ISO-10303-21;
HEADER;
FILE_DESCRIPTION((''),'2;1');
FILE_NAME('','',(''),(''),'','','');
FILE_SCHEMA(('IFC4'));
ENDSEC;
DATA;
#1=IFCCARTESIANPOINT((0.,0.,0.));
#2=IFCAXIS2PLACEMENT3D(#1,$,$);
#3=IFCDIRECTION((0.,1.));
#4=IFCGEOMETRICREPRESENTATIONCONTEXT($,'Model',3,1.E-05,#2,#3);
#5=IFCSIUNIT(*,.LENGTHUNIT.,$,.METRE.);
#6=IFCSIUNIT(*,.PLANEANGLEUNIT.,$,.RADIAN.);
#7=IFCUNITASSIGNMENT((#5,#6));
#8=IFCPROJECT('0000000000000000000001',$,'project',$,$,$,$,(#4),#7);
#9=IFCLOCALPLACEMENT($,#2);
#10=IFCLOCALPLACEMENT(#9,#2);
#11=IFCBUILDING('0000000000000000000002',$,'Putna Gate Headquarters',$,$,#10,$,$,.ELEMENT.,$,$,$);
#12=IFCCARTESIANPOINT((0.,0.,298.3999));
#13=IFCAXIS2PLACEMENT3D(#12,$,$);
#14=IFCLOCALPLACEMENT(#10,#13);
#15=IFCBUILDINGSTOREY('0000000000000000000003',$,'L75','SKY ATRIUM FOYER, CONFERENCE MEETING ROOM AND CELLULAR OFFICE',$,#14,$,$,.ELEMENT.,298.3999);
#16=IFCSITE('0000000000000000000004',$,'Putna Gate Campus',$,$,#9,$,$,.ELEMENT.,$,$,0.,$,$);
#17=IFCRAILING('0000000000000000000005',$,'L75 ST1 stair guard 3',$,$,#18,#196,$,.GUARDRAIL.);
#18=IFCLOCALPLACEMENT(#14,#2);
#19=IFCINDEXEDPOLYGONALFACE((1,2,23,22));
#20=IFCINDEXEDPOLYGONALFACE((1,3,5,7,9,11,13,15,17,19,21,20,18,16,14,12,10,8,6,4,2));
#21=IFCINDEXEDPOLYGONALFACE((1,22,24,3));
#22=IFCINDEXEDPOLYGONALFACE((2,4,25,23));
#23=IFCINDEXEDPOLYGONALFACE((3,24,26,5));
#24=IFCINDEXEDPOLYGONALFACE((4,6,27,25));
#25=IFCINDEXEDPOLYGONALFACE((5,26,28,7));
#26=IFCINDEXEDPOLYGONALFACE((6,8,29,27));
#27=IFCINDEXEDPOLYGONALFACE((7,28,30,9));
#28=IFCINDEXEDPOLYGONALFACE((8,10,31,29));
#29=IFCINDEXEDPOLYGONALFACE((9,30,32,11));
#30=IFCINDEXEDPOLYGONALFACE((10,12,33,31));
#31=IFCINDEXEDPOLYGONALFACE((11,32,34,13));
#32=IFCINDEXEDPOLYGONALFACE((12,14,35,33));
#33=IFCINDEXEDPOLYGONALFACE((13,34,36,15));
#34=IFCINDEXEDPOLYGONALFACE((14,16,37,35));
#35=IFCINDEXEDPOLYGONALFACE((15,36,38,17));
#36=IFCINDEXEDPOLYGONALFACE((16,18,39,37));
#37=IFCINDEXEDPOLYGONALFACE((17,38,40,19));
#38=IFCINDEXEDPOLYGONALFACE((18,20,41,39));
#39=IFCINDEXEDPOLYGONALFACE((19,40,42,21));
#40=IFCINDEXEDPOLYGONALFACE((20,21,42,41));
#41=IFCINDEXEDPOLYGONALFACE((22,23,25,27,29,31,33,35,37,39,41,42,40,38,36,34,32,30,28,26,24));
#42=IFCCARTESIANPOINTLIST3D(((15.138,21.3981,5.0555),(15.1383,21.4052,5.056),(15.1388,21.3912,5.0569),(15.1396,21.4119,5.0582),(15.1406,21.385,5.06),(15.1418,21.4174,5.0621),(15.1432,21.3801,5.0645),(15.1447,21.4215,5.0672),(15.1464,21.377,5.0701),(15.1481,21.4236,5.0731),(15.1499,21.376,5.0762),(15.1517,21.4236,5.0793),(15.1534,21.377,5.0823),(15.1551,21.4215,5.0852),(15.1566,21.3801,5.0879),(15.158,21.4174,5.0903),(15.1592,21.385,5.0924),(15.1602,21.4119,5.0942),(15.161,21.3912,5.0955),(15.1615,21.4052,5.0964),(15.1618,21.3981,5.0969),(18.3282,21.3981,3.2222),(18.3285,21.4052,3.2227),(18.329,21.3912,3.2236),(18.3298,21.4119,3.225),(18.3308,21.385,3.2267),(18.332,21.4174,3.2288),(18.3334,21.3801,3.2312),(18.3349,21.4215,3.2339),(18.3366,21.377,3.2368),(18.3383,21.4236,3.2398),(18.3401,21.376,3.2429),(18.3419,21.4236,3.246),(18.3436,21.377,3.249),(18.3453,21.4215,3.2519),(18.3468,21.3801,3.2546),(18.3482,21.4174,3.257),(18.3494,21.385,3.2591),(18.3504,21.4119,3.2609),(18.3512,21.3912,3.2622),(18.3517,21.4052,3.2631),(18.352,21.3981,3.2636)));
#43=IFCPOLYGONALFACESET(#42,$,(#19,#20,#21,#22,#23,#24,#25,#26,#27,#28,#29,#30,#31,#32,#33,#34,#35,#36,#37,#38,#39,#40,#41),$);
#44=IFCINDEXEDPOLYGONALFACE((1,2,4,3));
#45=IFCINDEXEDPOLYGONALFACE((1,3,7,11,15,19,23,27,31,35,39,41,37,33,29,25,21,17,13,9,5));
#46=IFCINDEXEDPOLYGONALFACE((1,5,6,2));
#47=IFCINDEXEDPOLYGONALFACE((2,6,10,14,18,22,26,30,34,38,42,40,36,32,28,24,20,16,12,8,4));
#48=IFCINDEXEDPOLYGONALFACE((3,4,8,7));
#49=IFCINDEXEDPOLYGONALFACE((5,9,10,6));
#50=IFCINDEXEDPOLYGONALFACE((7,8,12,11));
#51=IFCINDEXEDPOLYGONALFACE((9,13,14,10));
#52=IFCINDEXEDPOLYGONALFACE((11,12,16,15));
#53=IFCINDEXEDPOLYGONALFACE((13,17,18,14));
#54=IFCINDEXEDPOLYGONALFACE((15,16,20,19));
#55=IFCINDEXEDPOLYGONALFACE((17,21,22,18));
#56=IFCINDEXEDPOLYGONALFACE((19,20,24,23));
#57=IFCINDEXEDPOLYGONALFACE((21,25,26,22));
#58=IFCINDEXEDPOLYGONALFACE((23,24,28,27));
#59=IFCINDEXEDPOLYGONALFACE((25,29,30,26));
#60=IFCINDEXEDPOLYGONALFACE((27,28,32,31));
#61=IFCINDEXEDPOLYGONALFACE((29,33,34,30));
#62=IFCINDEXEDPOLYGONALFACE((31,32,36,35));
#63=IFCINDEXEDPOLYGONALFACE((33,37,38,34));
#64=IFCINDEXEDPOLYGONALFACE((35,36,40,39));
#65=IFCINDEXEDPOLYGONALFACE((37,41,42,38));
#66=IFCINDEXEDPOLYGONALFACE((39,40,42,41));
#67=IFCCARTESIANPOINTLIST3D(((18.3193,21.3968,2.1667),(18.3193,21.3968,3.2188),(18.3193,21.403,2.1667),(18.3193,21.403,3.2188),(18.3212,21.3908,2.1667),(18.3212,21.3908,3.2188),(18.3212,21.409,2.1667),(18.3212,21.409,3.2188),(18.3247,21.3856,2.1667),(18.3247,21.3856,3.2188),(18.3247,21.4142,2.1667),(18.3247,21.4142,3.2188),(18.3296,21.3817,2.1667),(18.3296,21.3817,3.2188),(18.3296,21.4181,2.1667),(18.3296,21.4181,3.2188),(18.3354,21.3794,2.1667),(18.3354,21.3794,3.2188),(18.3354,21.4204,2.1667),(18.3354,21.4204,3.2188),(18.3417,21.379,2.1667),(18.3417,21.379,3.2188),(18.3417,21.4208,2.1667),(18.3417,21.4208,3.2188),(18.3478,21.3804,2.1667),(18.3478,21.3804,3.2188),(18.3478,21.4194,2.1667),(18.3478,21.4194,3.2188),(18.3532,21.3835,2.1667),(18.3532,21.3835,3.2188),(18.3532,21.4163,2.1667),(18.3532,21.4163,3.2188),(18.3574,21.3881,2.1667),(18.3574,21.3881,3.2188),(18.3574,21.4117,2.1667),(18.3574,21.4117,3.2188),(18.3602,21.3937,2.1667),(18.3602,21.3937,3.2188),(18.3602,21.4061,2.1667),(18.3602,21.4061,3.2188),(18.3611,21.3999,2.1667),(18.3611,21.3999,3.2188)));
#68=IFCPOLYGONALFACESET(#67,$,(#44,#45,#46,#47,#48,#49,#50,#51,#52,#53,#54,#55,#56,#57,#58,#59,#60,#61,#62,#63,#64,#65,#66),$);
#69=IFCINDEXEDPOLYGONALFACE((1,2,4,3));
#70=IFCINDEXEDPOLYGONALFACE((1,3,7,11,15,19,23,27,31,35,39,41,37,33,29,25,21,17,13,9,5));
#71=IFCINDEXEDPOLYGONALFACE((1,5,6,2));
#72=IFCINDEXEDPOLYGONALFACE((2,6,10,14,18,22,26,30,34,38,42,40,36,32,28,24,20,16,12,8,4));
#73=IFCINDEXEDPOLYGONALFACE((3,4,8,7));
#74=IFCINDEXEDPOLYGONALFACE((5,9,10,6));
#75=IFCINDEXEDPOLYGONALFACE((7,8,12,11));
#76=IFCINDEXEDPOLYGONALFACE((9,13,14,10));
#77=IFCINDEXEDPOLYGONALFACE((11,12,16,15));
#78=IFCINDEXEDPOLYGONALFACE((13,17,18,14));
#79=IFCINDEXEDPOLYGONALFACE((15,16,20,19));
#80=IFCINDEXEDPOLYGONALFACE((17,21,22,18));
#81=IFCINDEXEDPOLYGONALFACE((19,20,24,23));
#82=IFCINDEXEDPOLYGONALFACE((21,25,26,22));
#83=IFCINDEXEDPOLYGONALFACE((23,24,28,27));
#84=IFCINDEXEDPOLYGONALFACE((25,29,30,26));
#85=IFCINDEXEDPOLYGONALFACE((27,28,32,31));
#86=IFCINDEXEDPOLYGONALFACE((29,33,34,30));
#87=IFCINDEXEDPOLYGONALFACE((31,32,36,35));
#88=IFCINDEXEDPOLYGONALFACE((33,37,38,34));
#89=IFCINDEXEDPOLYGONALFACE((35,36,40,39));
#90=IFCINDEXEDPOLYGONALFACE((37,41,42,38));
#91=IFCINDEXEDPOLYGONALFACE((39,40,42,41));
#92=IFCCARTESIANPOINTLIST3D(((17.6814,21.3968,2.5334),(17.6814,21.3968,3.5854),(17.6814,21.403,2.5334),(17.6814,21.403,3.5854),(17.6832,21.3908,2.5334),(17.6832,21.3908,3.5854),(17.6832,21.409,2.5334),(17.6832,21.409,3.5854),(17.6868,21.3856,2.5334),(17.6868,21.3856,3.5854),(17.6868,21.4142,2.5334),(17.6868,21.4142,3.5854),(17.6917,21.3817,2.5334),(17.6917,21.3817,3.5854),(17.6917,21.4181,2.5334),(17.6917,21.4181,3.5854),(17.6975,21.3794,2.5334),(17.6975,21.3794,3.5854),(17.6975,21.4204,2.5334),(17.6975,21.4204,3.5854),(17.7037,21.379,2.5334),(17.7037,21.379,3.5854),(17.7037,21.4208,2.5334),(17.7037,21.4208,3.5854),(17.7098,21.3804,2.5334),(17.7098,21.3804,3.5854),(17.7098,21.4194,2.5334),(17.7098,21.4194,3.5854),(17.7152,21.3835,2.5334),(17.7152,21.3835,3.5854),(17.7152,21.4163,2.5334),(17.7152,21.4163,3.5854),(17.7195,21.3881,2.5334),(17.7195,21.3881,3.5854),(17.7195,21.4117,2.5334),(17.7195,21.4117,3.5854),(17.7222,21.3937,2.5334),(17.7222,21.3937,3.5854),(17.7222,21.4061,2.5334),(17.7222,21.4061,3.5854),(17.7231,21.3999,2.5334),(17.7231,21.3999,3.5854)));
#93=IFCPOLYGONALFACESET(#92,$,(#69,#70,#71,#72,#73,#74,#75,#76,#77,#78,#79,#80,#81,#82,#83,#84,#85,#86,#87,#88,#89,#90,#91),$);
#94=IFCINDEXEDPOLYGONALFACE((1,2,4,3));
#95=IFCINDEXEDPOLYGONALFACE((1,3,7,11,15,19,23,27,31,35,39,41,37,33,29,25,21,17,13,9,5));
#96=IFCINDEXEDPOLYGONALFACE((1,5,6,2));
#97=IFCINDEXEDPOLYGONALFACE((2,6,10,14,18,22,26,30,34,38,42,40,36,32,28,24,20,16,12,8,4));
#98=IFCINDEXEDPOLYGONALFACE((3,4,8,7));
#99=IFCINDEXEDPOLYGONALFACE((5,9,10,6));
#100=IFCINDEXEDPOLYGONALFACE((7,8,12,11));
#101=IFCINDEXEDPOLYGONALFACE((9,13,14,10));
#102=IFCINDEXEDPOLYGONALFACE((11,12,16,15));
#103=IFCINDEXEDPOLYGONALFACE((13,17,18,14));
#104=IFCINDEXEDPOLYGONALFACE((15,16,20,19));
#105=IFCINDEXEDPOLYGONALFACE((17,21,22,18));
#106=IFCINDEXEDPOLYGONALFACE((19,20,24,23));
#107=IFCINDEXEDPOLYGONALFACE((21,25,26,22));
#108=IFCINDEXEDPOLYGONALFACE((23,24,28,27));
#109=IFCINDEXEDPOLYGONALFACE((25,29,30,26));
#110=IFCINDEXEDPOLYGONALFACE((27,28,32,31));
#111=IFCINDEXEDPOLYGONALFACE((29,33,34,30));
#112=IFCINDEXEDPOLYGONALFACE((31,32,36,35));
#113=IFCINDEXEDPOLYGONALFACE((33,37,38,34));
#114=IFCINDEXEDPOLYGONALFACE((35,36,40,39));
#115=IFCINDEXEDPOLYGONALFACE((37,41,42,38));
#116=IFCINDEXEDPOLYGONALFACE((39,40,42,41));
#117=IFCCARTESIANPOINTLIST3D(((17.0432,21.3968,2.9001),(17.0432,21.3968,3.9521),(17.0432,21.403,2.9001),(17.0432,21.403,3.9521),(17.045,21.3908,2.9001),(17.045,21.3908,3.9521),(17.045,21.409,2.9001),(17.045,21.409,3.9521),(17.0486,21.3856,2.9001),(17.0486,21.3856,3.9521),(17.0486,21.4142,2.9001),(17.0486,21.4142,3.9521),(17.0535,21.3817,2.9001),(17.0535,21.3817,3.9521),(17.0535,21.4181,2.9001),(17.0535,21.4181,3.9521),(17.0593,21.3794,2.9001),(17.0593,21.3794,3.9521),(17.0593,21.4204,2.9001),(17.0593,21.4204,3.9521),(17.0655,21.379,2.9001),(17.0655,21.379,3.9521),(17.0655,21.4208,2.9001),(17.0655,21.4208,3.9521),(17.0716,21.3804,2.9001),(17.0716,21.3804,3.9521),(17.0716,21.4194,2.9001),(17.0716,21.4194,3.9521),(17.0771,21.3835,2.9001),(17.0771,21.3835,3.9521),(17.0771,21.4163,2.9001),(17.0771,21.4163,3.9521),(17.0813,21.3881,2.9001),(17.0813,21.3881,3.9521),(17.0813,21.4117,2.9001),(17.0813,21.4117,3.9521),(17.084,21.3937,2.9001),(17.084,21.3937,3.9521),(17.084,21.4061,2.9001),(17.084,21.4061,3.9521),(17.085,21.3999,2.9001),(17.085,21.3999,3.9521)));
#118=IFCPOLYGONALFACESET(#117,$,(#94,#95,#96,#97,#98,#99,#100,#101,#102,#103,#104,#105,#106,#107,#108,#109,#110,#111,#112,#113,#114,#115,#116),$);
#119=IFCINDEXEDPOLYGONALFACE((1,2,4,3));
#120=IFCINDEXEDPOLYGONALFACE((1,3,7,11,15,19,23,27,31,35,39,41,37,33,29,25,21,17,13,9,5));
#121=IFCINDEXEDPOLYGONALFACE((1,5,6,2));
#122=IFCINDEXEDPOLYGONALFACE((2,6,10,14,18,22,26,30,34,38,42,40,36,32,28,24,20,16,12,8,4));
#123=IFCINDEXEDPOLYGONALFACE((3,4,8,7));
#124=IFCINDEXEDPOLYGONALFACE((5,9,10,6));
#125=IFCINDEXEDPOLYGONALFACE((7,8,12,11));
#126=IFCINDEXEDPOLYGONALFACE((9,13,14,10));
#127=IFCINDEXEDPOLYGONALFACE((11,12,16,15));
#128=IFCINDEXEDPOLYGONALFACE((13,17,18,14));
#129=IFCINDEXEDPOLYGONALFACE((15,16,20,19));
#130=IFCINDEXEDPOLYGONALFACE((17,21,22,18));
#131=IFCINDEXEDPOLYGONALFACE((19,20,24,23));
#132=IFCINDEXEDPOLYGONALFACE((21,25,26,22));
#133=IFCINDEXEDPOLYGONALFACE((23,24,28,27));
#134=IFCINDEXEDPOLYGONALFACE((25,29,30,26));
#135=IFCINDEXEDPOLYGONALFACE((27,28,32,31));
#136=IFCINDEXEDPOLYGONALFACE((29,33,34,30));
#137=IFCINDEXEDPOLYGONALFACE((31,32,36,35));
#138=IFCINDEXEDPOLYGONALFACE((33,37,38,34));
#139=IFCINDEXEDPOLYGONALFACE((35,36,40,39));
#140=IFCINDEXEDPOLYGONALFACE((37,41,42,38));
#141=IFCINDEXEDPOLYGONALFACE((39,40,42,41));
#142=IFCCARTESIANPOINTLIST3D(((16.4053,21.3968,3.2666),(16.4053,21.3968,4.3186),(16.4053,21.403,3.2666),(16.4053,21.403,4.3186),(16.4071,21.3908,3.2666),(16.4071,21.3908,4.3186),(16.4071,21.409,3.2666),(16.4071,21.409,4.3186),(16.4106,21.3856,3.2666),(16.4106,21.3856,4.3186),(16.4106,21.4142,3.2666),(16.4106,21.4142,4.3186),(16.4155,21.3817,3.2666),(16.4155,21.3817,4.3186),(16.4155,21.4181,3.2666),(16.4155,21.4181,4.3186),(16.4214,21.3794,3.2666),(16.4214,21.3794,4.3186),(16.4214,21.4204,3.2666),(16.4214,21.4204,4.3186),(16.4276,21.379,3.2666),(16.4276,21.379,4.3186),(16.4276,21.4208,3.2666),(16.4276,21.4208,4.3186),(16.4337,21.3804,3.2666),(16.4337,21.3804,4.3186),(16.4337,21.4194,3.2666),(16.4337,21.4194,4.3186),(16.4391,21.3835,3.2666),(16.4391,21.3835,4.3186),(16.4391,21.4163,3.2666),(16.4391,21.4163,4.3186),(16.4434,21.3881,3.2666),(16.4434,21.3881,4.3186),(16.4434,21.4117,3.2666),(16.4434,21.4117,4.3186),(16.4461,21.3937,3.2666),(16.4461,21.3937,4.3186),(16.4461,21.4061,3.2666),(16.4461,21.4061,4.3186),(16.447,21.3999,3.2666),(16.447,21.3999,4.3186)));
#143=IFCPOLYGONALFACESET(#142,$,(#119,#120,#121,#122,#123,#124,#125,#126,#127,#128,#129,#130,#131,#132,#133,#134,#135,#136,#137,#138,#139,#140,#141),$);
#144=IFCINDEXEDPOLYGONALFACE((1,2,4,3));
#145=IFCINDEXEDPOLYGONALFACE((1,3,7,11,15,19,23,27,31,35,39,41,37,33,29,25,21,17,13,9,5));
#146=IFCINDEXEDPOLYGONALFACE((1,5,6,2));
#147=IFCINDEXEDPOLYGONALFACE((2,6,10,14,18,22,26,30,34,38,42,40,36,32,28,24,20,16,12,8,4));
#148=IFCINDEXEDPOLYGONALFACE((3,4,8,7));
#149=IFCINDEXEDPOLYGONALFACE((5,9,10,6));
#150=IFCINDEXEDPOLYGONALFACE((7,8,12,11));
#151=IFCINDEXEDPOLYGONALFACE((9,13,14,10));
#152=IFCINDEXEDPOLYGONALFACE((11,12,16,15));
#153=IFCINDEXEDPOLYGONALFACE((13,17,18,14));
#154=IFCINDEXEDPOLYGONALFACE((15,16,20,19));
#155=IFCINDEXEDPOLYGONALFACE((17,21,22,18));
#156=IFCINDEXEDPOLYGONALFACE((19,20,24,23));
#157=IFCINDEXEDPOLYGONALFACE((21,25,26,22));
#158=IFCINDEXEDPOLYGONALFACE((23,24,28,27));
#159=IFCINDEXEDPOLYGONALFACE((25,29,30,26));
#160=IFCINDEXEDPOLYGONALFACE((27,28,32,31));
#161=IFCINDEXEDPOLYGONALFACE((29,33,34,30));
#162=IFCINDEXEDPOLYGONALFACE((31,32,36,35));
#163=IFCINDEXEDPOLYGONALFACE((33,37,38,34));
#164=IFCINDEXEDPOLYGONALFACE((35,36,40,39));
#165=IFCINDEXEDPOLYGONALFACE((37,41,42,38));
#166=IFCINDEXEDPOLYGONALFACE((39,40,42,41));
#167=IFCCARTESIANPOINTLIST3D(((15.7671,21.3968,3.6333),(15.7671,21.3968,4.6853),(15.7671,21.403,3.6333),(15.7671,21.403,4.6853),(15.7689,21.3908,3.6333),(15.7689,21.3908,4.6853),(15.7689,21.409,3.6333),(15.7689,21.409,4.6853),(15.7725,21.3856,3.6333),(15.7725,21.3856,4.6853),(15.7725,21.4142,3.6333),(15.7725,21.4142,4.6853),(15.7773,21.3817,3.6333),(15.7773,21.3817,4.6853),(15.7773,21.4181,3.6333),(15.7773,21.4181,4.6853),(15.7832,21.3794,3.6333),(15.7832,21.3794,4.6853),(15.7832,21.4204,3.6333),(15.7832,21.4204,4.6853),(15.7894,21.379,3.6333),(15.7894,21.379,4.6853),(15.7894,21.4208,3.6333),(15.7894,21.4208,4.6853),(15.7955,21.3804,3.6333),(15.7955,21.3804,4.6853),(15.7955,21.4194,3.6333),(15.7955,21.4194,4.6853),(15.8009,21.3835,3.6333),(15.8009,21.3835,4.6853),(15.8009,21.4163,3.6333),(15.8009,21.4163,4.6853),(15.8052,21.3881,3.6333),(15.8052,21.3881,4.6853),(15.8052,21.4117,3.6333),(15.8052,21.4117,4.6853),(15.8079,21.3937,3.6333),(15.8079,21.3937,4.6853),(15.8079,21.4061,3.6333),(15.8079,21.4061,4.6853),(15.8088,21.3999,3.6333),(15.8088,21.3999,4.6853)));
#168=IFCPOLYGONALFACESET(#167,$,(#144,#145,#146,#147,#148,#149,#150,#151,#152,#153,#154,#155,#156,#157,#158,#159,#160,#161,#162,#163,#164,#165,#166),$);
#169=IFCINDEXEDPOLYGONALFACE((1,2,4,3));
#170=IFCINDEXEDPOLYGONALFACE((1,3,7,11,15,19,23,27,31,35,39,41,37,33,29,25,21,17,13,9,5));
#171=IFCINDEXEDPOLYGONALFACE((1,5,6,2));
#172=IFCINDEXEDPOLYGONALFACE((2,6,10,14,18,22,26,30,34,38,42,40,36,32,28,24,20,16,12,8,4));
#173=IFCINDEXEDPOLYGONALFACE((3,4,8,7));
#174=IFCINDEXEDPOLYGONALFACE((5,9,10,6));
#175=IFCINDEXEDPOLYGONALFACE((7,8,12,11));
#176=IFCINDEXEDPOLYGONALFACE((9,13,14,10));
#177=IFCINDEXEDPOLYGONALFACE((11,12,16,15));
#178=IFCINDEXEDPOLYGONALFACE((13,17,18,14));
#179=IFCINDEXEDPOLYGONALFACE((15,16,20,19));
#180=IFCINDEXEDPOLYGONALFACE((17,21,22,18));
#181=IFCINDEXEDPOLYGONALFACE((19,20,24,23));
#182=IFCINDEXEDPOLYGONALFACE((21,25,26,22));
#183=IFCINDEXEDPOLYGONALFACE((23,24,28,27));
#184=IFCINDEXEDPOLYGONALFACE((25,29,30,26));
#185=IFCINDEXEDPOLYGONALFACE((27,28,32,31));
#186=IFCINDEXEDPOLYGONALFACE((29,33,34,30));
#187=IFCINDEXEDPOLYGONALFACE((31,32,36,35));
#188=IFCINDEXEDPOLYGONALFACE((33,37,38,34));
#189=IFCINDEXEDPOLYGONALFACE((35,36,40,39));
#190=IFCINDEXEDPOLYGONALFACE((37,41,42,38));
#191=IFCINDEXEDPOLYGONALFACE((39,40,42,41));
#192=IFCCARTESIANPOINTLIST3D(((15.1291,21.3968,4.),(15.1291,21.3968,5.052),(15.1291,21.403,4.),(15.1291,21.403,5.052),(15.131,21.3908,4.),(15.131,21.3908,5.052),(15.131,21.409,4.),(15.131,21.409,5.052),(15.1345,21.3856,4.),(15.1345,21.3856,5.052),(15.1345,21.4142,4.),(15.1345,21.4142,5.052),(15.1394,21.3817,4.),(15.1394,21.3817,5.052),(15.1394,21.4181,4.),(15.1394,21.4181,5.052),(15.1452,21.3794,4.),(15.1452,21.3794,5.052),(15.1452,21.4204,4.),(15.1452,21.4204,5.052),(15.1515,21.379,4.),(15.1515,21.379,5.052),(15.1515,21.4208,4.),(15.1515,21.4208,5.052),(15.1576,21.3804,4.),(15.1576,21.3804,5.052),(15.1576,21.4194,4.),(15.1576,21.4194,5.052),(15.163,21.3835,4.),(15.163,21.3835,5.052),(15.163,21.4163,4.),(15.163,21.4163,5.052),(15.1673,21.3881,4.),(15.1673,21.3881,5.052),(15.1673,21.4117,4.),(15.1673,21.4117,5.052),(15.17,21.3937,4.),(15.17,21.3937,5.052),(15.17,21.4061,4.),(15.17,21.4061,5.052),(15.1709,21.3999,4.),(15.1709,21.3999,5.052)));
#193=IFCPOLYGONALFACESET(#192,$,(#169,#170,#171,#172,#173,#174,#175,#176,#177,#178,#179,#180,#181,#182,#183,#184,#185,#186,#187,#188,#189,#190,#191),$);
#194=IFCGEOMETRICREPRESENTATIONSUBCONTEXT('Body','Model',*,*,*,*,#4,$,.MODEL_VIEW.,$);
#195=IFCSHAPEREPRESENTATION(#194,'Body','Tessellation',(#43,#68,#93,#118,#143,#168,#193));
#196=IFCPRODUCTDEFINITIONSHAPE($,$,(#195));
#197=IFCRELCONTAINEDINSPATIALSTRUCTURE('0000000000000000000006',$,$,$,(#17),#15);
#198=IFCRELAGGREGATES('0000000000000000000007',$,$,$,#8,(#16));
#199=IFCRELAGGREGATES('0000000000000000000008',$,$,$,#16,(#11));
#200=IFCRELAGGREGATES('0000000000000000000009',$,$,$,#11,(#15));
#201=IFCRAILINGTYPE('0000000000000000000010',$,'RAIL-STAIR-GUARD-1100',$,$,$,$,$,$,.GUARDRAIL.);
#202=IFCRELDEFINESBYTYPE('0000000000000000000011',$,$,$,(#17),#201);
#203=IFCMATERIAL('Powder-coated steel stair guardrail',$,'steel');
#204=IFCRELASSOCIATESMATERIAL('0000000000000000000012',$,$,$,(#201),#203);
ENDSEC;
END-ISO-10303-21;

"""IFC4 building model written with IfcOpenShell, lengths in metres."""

from ifc_helpers import new_model, si_unit, direction, frame, origin, origin_2d, place, context, subcontext, project, spatial, circle, extrude, material, type_object, element, save


model = new_model("IFC4")

# Units and contexts
model_context = context("Model", 3, precision=1e-05, world=origin(), true_north=direction((0.0, 1.0)))
body_context = subcontext(model_context, "Body", "Model", "MODEL_VIEW")
ifc_project = project(units=[si_unit("LENGTHUNIT", "METRE"), si_unit("PLANEANGLEUNIT", "RADIAN")], contexts=[model_context])

# Site, building, storey
site_placement = place(None, origin())
site = spatial("IfcSite", under=ifc_project, at=site_placement, Name="Putna Gate Campus", CompositionType="ELEMENT", RefElevation=0.0)
building_placement = place(site_placement, origin())
building = spatial("IfcBuilding", under=site, at=building_placement, Name="Putna Gate Headquarters", CompositionType="ELEMENT")
storey_placement = place(building_placement, frame((0.0, 0.0, 298.3999)))
storey = spatial("IfcBuildingStorey", under=building, at=storey_placement, Name="L75", Description="SKY ATRIUM FOYER, CONFERENCE MEETING ROOM AND CELLULAR OFFICE", CompositionType="ELEMENT", Elevation=298.3999)

# Railing
ifc_material_1 = material(Name="Powder-coated steel stair guardrail", Category="steel")
railing_type_1 = type_object("IfcRailingType", Name="RAIL-STAIR-GUARD-1100", PredefinedType="GUARDRAIL", material=ifc_material_1)
railing_1_placement = place(storey_placement, frame((18.3401, 21.3999, 2.1667)))
element("IfcRailing", 1, at=railing_1_placement, inside=storey, type_object=railing_type_1, Name="L75 ST1 stair guard 3", PredefinedType="GUARDRAIL", context=body_context, shape_type="SweptSolid", body=[
    extrude(circle(Radius=0.0239, at=origin_2d()), frame((0.0, 0.0, 1.0762), z_axis=(-0.867036, 0.0, 0.498245), x_axis=(0.0, -1.0, 0.0)), (0.0, 0.0, 1.0), 3.6794),
    extrude(circle(Radius=0.021, at=origin_2d()), origin(), (0.0, 0.0, 1.0), 1.052),
    extrude(circle(Radius=0.021, at=origin_2d()), frame((-0.6379, 0.0, 0.3667)), (0.0, 0.0, 1.0), 1.052),
    extrude(circle(Radius=0.021, at=origin_2d()), frame((-1.2761, 0.0, 0.7334)), (0.0, 0.0, 1.0), 1.052),
    extrude(circle(Radius=0.021, at=origin_2d()), frame((-1.9141, 0.0, 1.0999)), (0.0, 0.0, 1.0), 1.052),
    extrude(circle(Radius=0.021, at=origin_2d()), frame((-2.5522, 0.0, 1.4666)), (0.0, 0.0, 1.0), 1.052),
    extrude(circle(Radius=0.021, at=origin_2d()), frame((-3.1902, 0.0, 1.8333)), (0.0, 0.0, 1.0), 1.052),
])

save(model, "model.ifc")
